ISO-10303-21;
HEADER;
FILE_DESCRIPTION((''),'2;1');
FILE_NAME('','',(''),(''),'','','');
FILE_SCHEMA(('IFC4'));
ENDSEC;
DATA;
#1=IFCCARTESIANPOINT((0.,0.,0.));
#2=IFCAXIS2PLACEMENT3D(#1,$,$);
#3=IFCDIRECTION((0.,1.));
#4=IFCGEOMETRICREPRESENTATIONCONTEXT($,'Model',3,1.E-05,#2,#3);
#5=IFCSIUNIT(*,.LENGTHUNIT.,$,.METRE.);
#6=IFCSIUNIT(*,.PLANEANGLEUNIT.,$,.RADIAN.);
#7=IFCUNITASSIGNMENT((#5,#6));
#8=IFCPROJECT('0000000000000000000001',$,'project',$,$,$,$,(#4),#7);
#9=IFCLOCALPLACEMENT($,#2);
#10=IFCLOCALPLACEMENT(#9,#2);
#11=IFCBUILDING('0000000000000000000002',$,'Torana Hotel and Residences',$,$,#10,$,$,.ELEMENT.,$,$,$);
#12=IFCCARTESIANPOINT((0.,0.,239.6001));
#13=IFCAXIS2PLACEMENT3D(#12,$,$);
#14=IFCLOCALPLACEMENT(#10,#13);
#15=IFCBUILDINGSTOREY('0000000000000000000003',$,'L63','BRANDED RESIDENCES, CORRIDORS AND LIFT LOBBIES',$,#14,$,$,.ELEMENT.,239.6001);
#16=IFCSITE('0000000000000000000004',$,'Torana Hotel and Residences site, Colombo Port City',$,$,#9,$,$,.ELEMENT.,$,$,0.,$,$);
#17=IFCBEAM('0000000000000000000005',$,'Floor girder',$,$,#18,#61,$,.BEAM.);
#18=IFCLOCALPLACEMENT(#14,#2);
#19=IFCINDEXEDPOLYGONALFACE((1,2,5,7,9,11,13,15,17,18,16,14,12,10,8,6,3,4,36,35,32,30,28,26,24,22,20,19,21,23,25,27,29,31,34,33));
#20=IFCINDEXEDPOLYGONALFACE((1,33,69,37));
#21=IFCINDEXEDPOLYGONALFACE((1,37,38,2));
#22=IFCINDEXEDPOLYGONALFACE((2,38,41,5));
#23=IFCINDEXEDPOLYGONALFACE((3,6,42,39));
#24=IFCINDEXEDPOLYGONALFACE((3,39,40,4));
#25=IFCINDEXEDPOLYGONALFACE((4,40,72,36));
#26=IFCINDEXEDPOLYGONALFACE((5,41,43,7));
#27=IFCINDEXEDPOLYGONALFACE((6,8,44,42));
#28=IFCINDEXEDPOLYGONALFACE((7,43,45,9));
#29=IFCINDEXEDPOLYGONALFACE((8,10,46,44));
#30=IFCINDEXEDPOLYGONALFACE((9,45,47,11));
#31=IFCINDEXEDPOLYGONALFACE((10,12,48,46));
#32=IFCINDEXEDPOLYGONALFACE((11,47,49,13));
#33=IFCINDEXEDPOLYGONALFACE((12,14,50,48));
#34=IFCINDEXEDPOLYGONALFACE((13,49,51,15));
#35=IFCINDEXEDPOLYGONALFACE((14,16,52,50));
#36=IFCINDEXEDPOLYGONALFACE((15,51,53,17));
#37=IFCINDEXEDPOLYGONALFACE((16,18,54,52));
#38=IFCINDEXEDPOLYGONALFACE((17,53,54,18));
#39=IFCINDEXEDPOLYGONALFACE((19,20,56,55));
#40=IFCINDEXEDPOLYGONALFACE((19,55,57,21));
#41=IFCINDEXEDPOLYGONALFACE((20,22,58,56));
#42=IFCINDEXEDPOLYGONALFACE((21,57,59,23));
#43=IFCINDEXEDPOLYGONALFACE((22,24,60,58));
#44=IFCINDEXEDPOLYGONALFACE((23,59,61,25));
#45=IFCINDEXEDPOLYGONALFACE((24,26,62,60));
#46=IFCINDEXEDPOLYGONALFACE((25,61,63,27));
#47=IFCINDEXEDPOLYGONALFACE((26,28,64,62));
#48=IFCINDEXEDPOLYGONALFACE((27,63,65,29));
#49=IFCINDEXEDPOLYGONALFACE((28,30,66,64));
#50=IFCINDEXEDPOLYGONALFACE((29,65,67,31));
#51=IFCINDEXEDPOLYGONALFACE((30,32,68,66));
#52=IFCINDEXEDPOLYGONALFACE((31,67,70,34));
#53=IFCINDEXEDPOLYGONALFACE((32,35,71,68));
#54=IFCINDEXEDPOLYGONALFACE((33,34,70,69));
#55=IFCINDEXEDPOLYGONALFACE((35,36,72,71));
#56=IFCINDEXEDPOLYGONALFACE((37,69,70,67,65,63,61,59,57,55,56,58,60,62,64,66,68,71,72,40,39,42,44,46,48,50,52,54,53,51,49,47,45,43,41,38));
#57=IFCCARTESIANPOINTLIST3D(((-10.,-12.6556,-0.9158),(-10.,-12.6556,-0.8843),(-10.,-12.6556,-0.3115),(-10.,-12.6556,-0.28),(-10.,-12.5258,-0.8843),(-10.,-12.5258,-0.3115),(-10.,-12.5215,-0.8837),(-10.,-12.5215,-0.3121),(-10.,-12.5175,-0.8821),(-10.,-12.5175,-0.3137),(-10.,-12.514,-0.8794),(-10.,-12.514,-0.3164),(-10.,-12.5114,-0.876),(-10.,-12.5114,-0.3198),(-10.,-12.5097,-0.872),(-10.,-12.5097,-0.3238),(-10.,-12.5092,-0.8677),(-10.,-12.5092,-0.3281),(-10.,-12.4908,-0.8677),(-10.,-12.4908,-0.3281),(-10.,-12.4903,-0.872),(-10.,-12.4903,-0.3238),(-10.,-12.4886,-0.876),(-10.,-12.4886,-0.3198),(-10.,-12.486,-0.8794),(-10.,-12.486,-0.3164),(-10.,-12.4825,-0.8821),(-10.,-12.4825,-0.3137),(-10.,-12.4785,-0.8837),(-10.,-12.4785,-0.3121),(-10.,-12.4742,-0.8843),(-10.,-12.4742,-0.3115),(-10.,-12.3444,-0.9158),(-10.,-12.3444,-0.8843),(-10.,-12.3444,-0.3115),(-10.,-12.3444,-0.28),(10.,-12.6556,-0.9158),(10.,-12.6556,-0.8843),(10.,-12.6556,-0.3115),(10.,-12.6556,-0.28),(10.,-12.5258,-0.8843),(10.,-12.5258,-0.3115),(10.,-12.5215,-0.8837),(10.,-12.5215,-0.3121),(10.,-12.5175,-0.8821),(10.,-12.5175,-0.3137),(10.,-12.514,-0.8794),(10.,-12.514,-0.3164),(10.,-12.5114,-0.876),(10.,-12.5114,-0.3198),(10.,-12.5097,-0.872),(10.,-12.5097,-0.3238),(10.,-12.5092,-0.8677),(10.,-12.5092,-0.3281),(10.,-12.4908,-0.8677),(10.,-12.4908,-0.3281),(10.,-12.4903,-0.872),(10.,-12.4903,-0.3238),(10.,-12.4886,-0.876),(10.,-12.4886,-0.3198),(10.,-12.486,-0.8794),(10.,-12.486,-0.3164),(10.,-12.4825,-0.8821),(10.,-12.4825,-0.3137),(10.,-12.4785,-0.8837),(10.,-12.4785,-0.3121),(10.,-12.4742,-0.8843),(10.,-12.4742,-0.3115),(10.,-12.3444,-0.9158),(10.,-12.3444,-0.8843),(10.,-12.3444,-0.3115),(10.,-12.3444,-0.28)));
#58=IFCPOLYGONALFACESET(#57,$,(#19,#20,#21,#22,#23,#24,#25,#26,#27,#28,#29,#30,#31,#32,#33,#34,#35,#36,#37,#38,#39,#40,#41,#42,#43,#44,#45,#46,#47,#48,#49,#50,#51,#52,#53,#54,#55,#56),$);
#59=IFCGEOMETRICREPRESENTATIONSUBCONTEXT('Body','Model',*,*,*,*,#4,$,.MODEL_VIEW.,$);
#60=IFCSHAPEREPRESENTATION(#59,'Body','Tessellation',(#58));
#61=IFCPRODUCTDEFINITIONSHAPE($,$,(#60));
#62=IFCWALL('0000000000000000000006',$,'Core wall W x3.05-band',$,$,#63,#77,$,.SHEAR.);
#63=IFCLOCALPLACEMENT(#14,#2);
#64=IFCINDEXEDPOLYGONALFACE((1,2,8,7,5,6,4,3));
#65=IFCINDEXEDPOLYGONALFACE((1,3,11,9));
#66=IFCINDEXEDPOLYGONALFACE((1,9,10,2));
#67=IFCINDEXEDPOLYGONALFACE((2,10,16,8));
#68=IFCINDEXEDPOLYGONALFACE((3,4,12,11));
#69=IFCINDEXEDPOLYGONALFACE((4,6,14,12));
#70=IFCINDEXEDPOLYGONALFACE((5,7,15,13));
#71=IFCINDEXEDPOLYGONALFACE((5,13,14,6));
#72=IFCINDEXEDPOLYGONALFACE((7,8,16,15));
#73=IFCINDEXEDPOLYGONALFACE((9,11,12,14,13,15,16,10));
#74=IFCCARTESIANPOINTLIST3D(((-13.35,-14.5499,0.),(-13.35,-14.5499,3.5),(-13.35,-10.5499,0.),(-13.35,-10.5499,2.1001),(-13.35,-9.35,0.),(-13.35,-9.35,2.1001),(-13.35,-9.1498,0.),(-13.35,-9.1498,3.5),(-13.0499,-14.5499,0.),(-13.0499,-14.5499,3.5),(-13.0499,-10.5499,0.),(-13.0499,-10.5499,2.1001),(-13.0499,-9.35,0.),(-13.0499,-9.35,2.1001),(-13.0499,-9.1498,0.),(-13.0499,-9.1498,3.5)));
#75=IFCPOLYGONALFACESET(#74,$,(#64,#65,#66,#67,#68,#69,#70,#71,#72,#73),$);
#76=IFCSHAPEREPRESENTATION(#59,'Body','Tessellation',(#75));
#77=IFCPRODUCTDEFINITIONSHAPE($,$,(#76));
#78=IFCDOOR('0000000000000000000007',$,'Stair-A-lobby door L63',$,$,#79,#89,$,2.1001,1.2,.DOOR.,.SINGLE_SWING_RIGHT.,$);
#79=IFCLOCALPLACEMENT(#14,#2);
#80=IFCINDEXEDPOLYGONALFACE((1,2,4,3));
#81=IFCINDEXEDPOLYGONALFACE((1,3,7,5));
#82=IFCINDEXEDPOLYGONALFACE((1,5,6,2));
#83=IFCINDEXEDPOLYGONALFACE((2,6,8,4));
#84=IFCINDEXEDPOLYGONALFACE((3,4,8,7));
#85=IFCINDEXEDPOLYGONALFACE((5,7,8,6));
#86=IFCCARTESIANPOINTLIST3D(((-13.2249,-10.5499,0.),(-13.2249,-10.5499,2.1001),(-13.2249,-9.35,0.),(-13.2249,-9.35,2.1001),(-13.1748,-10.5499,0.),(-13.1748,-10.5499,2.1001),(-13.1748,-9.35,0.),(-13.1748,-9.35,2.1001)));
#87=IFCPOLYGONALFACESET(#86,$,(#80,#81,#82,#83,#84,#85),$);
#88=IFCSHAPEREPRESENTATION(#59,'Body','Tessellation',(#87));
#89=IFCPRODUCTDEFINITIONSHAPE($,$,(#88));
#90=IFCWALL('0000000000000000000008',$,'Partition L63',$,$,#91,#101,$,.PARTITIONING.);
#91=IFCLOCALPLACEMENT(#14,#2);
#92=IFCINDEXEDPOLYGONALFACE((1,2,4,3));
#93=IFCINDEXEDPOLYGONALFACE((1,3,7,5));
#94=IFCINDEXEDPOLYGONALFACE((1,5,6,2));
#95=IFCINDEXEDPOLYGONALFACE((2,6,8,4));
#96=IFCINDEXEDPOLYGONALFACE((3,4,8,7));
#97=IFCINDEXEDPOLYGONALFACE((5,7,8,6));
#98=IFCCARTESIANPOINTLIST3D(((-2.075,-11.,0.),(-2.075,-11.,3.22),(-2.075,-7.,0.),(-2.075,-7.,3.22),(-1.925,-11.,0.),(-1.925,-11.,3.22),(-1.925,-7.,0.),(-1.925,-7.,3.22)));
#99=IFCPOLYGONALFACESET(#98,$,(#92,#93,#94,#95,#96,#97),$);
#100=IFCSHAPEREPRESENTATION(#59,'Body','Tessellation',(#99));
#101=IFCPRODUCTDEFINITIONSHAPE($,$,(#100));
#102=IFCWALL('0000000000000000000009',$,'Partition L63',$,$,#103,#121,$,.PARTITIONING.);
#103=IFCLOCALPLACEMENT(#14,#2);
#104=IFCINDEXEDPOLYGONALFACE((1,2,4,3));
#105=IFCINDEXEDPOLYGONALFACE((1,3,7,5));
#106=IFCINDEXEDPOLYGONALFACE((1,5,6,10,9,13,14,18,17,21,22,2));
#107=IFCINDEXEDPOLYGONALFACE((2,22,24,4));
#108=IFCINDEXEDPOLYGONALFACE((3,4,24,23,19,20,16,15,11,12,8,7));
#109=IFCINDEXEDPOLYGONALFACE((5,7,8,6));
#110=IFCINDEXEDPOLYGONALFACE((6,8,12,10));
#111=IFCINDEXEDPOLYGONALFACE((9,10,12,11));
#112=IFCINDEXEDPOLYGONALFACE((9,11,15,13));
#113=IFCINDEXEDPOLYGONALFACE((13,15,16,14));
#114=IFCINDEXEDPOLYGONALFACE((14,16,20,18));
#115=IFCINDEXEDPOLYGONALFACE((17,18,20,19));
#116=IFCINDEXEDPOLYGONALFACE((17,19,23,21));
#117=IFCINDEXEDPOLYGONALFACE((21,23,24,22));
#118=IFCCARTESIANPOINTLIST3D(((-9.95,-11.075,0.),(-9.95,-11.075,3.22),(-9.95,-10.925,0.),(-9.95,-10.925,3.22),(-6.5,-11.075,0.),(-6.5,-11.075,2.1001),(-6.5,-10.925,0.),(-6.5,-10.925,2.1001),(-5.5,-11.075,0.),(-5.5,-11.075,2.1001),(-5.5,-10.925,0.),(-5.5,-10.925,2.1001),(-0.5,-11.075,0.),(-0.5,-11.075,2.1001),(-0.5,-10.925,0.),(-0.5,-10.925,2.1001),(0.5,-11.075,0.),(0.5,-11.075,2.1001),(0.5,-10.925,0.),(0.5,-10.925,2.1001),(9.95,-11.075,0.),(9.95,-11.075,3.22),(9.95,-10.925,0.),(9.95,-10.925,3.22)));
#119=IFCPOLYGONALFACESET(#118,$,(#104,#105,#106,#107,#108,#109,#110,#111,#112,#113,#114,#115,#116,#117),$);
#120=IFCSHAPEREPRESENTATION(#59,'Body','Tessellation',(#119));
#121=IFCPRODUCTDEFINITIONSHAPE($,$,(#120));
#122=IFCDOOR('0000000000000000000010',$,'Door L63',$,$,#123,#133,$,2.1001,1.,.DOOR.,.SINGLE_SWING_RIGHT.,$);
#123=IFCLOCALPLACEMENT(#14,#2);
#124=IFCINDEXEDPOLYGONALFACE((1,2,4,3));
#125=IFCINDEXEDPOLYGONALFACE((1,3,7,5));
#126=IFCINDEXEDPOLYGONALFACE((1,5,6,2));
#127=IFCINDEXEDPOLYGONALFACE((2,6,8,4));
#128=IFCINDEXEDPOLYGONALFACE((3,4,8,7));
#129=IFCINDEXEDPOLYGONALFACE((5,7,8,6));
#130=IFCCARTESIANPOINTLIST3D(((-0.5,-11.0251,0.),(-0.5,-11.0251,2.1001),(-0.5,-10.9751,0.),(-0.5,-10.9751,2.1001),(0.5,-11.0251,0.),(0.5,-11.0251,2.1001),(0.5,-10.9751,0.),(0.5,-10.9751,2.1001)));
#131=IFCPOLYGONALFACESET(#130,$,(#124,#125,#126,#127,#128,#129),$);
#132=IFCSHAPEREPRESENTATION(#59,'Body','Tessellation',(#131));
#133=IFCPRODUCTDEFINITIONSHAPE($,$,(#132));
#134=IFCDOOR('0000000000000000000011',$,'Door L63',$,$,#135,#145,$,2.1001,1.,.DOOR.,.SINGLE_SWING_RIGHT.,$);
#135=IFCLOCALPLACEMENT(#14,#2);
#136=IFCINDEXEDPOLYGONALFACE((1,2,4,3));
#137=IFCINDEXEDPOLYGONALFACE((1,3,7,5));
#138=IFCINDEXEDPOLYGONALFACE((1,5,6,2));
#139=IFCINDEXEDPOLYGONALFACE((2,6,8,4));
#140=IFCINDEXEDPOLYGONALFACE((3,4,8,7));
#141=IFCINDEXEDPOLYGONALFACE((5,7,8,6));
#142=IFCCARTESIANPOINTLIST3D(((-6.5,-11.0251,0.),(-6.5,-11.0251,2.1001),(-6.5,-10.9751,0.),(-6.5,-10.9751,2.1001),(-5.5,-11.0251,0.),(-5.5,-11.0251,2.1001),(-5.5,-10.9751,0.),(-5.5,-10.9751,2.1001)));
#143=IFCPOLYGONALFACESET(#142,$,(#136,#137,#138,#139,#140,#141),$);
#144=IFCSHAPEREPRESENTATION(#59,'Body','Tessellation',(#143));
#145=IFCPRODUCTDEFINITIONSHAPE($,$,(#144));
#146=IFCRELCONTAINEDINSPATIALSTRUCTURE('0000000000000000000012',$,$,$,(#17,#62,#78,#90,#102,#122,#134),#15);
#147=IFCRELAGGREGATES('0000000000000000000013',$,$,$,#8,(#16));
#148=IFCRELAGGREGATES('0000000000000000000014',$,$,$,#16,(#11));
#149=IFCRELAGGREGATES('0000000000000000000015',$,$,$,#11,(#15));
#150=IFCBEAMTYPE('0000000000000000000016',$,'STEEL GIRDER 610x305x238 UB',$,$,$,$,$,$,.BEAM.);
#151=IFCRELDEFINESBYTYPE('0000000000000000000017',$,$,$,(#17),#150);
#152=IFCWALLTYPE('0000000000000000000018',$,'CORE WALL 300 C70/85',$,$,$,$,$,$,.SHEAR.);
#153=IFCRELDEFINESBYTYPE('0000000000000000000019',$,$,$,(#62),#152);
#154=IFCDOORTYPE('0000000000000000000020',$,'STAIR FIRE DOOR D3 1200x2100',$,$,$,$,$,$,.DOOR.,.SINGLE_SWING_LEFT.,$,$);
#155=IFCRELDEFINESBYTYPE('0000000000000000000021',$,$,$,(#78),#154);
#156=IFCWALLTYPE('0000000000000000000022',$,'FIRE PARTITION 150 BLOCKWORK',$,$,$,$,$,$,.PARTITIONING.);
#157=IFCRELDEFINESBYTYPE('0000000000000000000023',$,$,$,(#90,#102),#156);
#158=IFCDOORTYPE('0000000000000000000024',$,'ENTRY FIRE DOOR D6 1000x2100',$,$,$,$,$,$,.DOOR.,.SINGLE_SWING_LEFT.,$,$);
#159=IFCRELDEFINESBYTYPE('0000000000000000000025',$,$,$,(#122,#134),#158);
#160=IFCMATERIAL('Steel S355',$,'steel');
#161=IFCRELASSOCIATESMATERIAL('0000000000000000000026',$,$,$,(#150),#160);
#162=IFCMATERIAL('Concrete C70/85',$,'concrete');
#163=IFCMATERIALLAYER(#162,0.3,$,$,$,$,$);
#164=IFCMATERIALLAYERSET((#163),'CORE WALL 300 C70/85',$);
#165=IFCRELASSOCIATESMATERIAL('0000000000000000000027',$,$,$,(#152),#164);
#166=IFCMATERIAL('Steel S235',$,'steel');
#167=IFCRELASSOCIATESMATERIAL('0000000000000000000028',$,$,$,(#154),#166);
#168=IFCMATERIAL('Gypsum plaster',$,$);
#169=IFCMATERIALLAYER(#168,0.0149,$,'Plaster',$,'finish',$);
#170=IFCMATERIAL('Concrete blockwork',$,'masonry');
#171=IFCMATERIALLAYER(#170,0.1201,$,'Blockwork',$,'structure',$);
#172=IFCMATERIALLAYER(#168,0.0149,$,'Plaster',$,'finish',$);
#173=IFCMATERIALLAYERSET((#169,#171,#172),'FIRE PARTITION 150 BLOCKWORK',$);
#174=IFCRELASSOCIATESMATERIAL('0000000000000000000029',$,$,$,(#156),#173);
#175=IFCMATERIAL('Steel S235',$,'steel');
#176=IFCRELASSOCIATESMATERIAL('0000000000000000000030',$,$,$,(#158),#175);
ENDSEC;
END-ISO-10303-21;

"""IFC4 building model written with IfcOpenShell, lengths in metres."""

from ifc_helpers import new_model, si_unit, direction, frame, frame_2d, origin, origin_2d, place, context, subcontext, project, spatial, rectangle, i_section, extrude, material, layer, layer_set, material_profile, profile_set, type_object, element, fill, save


model = new_model("IFC4")

# Units and contexts
model_context = context("Model", 3, precision=1e-05, world=origin(), true_north=direction((0.0, 1.0)))
body_context = subcontext(model_context, "Body", "Model", "MODEL_VIEW")
ifc_project = project(units=[si_unit("LENGTHUNIT", "METRE"), si_unit("PLANEANGLEUNIT", "RADIAN")], contexts=[model_context])

# Site, building, storey
site_placement = place(None, origin())
site = spatial("IfcSite", under=ifc_project, at=site_placement, Name="Torana Hotel and Residences site, Colombo Port City", CompositionType="ELEMENT", RefElevation=0.0)
building_placement = place(site_placement, origin())
building = spatial("IfcBuilding", under=site, at=building_placement, Name="Torana Hotel and Residences", CompositionType="ELEMENT")
storey_placement = place(building_placement, frame((0.0, 0.0, 239.6001)))
storey = spatial("IfcBuildingStorey", under=building, at=storey_placement, Name="L63", Description="BRANDED RESIDENCES, CORRIDORS AND LIFT LOBBIES", CompositionType="ELEMENT", Elevation=239.6001)

# Beam
ifc_material_1 = material(Name="Steel S355", Category="steel")
ifc_material_profile = material_profile(ifc_material_1, i_section(OverallWidth=0.3113, OverallDepth=0.6357, WebThickness=0.0183, FlangeThickness=0.0315, FilletRadius=0.0166, at=origin_2d()), Name="610x305x238 UB")
ifc_profile_set = profile_set([ifc_material_profile], Name="Steel S355")
beam_type = type_object("IfcBeamType", Name="STEEL GIRDER 610x305x238 UB", PredefinedType="BEAM", material=ifc_profile_set)
beam_placement = place(storey_placement, frame((-10.0, -12.5, -0.5979), z_axis=(1.0, 0.0, 0.0), x_axis=(0.0, 1.0, 0.0)))
element("IfcBeam", 1, at=beam_placement, inside=storey, type_object=beam_type, Name="Floor girder", PredefinedType="BEAM", context=body_context, shape_type="SweptSolid", body=[
    extrude(i_section(OverallWidth=0.3113, OverallDepth=0.6357, WebThickness=0.0183, FlangeThickness=0.0315, FilletRadius=0.0166, at=origin_2d()), origin(), (0.0, 0.0, 1.0), 20.0),
])

# Wall, opening, door
ifc_material_2 = material(Name="Concrete C70/85", Category="concrete")
ifc_layer_1 = layer(ifc_material_2, 0.3)
ifc_layer_set_1 = layer_set([ifc_layer_1], Name="CORE WALL 300 C70/85")
wall_type_1 = type_object("IfcWallType", Name="CORE WALL 300 C70/85", PredefinedType="SHEAR", material=ifc_layer_set_1)
wall_1_placement = place(storey_placement, frame((-13.2, -14.55, 0.0), z_axis=(0.0, 0.0, 1.0), x_axis=(0.0, 1.0, 0.0)))
wall_1 = element("IfcWall", 2, at=wall_1_placement, inside=storey, type_object=wall_type_1, Name="Core wall W x3.05-band", PredefinedType="SHEAR", context=body_context, shape_type="SweptSolid", body=[
    extrude(rectangle(XDim=5.4001, YDim=0.3, at=frame_2d((2.7002, 0.0))), origin(), (0.0, 0.0, 1.0), 3.5),
])
opening_1_placement = place(wall_1_placement, frame((4.0, 0.0, 0.0)))
opening_1 = element("IfcOpeningElement", 3, at=opening_1_placement, cuts=wall_1, PredefinedType="OPENING", context=body_context, shape_type="SweptSolid", body=[
    extrude(rectangle(XDim=1.2, YDim=2.1001, at=frame_2d((0.6001, 1.05))), frame((0.0, 0.1599, 0.0), z_axis=(0.0, -1.0, 0.0), x_axis=(1.0, 0.0, 0.0)), (0.0, 0.0, 1.0), 0.3201),
])
ifc_material_3 = material(Name="Steel S235", Category="steel")
door_type_1 = type_object("IfcDoorType", Name="STAIR FIRE DOOR D3 1200x2100", OperationType="SINGLE_SWING_LEFT", PredefinedType="DOOR", material=ifc_material_3)
door_1_placement = place(opening_1_placement, frame((0.6001, 0.0, 0.0), z_axis=(0.0, 0.0, 1.0), x_axis=(-1.0, 0.0, 0.0)))
door_1 = element("IfcDoor", 4, at=door_1_placement, inside=storey, type_object=door_type_1, Name="Stair-A-lobby door L63", OperationType="SINGLE_SWING_RIGHT", OverallHeight=2.1001, OverallWidth=1.2, PredefinedType="DOOR", context=body_context, shape_type="SweptSolid", body=[
    extrude(rectangle(XDim=1.2, YDim=2.1001, at=frame_2d((0.0, 1.05))), frame((0.0, -0.0249, 0.0), z_axis=(0.0, 1.0, 0.0), x_axis=(-1.0, 0.0, 0.0)), (0.0, 0.0, 1.0), 0.05),
])
fill(opening_1, door_1)

# Wall
ifc_material_4 = material(Name="Gypsum plaster")
ifc_layer_2 = layer(ifc_material_4, 0.0149, Name="Plaster", Category="finish")
ifc_material_5 = material(Name="Concrete blockwork", Category="masonry")
ifc_layer_3 = layer(ifc_material_5, 0.1201, Name="Blockwork", Category="structure")
ifc_layer_4 = layer(ifc_material_4, 0.0149, Name="Plaster", Category="finish")
ifc_layer_set_2 = layer_set([ifc_layer_2, ifc_layer_3, ifc_layer_4], Name="FIRE PARTITION 150 BLOCKWORK")
wall_type_2 = type_object("IfcWallType", Name="FIRE PARTITION 150 BLOCKWORK", PredefinedType="PARTITIONING", material=ifc_layer_set_2)
wall_2_placement = place(storey_placement, frame((-2.0, -11.0, 0.0), z_axis=(0.0, 0.0, 1.0), x_axis=(0.0, 1.0, 0.0)))
element("IfcWall", 5, at=wall_2_placement, inside=storey, type_object=wall_type_2, Name="Partition L63", PredefinedType="PARTITIONING", context=body_context, shape_type="SweptSolid", body=[
    extrude(rectangle(XDim=4.0, YDim=0.1499, at=frame_2d((2.0, 0.0))), origin(), (0.0, 0.0, 1.0), 3.22),
])

# Wall, openings, doors
wall_3_placement = place(storey_placement, frame((-9.95, -11.0, 0.0), z_axis=(0.0, 0.0, 1.0), x_axis=(1.0, 0.0, 0.0)))
wall_3 = element("IfcWall", 6, at=wall_3_placement, inside=storey, type_object=wall_type_2, Name="Partition L63", PredefinedType="PARTITIONING", context=body_context, shape_type="SweptSolid", body=[
    extrude(rectangle(XDim=19.8999, YDim=0.1499, at=frame_2d((9.95, 0.0))), origin(), (0.0, 0.0, 1.0), 3.22),
])
opening_2_placement = place(wall_3_placement, frame((9.45, 0.0, 0.0)))
opening_2 = element("IfcOpeningElement", 7, at=opening_2_placement, cuts=wall_3, PredefinedType="OPENING", context=body_context, shape_type="SweptSolid", body=[
    extrude(rectangle(XDim=1.0, YDim=2.1001, at=frame_2d((0.5, 1.05))), frame((0.0, 0.085, 0.0), z_axis=(0.0, -1.0, 0.0), x_axis=(1.0, 0.0, 0.0)), (0.0, 0.0, 1.0), 0.1699),
])
opening_3_placement = place(wall_3_placement, frame((3.45, 0.0, 0.0)))
opening_3 = element("IfcOpeningElement", 8, at=opening_3_placement, cuts=wall_3, PredefinedType="OPENING", context=body_context, shape_type="SweptSolid", body=[
    extrude(rectangle(XDim=1.0, YDim=2.1001, at=frame_2d((0.5, 1.05))), frame((0.0, 0.085, 0.0), z_axis=(0.0, -1.0, 0.0), x_axis=(1.0, 0.0, 0.0)), (0.0, 0.0, 1.0), 0.1699),
])
ifc_material_6 = material(Name="Steel S235", Category="steel")
door_type_2 = type_object("IfcDoorType", Name="ENTRY FIRE DOOR D6 1000x2100", OperationType="SINGLE_SWING_LEFT", PredefinedType="DOOR", material=ifc_material_6)
door_2_placement = place(opening_2_placement, origin())
door_2 = element("IfcDoor", 9, at=door_2_placement, inside=storey, type_object=door_type_2, Name="Door L63", OperationType="SINGLE_SWING_RIGHT", OverallHeight=2.1001, OverallWidth=1.0, PredefinedType="DOOR", context=body_context, shape_type="SweptSolid", body=[
    extrude(rectangle(XDim=1.0, YDim=2.1001, at=frame_2d((0.5, 1.05))), frame((0.0, 0.0249, 0.0), z_axis=(0.0, -1.0, 0.0), x_axis=(1.0, 0.0, 0.0)), (0.0, 0.0, 1.0), 0.05),
])
fill(opening_2, door_2)
door_3_placement = place(opening_3_placement, origin())
door_3 = element("IfcDoor", 10, at=door_3_placement, inside=storey, type_object=door_type_2, Name="Door L63", OperationType="SINGLE_SWING_RIGHT", OverallHeight=2.1001, OverallWidth=1.0, PredefinedType="DOOR", context=body_context, shape_type="SweptSolid", body=[
    extrude(rectangle(XDim=1.0, YDim=2.1001, at=frame_2d((0.5, 1.05))), frame((0.0, 0.0249, 0.0), z_axis=(0.0, -1.0, 0.0), x_axis=(1.0, 0.0, 0.0)), (0.0, 0.0, 1.0), 0.05),
])
fill(opening_3, door_3)

save(model, "model.ifc")
